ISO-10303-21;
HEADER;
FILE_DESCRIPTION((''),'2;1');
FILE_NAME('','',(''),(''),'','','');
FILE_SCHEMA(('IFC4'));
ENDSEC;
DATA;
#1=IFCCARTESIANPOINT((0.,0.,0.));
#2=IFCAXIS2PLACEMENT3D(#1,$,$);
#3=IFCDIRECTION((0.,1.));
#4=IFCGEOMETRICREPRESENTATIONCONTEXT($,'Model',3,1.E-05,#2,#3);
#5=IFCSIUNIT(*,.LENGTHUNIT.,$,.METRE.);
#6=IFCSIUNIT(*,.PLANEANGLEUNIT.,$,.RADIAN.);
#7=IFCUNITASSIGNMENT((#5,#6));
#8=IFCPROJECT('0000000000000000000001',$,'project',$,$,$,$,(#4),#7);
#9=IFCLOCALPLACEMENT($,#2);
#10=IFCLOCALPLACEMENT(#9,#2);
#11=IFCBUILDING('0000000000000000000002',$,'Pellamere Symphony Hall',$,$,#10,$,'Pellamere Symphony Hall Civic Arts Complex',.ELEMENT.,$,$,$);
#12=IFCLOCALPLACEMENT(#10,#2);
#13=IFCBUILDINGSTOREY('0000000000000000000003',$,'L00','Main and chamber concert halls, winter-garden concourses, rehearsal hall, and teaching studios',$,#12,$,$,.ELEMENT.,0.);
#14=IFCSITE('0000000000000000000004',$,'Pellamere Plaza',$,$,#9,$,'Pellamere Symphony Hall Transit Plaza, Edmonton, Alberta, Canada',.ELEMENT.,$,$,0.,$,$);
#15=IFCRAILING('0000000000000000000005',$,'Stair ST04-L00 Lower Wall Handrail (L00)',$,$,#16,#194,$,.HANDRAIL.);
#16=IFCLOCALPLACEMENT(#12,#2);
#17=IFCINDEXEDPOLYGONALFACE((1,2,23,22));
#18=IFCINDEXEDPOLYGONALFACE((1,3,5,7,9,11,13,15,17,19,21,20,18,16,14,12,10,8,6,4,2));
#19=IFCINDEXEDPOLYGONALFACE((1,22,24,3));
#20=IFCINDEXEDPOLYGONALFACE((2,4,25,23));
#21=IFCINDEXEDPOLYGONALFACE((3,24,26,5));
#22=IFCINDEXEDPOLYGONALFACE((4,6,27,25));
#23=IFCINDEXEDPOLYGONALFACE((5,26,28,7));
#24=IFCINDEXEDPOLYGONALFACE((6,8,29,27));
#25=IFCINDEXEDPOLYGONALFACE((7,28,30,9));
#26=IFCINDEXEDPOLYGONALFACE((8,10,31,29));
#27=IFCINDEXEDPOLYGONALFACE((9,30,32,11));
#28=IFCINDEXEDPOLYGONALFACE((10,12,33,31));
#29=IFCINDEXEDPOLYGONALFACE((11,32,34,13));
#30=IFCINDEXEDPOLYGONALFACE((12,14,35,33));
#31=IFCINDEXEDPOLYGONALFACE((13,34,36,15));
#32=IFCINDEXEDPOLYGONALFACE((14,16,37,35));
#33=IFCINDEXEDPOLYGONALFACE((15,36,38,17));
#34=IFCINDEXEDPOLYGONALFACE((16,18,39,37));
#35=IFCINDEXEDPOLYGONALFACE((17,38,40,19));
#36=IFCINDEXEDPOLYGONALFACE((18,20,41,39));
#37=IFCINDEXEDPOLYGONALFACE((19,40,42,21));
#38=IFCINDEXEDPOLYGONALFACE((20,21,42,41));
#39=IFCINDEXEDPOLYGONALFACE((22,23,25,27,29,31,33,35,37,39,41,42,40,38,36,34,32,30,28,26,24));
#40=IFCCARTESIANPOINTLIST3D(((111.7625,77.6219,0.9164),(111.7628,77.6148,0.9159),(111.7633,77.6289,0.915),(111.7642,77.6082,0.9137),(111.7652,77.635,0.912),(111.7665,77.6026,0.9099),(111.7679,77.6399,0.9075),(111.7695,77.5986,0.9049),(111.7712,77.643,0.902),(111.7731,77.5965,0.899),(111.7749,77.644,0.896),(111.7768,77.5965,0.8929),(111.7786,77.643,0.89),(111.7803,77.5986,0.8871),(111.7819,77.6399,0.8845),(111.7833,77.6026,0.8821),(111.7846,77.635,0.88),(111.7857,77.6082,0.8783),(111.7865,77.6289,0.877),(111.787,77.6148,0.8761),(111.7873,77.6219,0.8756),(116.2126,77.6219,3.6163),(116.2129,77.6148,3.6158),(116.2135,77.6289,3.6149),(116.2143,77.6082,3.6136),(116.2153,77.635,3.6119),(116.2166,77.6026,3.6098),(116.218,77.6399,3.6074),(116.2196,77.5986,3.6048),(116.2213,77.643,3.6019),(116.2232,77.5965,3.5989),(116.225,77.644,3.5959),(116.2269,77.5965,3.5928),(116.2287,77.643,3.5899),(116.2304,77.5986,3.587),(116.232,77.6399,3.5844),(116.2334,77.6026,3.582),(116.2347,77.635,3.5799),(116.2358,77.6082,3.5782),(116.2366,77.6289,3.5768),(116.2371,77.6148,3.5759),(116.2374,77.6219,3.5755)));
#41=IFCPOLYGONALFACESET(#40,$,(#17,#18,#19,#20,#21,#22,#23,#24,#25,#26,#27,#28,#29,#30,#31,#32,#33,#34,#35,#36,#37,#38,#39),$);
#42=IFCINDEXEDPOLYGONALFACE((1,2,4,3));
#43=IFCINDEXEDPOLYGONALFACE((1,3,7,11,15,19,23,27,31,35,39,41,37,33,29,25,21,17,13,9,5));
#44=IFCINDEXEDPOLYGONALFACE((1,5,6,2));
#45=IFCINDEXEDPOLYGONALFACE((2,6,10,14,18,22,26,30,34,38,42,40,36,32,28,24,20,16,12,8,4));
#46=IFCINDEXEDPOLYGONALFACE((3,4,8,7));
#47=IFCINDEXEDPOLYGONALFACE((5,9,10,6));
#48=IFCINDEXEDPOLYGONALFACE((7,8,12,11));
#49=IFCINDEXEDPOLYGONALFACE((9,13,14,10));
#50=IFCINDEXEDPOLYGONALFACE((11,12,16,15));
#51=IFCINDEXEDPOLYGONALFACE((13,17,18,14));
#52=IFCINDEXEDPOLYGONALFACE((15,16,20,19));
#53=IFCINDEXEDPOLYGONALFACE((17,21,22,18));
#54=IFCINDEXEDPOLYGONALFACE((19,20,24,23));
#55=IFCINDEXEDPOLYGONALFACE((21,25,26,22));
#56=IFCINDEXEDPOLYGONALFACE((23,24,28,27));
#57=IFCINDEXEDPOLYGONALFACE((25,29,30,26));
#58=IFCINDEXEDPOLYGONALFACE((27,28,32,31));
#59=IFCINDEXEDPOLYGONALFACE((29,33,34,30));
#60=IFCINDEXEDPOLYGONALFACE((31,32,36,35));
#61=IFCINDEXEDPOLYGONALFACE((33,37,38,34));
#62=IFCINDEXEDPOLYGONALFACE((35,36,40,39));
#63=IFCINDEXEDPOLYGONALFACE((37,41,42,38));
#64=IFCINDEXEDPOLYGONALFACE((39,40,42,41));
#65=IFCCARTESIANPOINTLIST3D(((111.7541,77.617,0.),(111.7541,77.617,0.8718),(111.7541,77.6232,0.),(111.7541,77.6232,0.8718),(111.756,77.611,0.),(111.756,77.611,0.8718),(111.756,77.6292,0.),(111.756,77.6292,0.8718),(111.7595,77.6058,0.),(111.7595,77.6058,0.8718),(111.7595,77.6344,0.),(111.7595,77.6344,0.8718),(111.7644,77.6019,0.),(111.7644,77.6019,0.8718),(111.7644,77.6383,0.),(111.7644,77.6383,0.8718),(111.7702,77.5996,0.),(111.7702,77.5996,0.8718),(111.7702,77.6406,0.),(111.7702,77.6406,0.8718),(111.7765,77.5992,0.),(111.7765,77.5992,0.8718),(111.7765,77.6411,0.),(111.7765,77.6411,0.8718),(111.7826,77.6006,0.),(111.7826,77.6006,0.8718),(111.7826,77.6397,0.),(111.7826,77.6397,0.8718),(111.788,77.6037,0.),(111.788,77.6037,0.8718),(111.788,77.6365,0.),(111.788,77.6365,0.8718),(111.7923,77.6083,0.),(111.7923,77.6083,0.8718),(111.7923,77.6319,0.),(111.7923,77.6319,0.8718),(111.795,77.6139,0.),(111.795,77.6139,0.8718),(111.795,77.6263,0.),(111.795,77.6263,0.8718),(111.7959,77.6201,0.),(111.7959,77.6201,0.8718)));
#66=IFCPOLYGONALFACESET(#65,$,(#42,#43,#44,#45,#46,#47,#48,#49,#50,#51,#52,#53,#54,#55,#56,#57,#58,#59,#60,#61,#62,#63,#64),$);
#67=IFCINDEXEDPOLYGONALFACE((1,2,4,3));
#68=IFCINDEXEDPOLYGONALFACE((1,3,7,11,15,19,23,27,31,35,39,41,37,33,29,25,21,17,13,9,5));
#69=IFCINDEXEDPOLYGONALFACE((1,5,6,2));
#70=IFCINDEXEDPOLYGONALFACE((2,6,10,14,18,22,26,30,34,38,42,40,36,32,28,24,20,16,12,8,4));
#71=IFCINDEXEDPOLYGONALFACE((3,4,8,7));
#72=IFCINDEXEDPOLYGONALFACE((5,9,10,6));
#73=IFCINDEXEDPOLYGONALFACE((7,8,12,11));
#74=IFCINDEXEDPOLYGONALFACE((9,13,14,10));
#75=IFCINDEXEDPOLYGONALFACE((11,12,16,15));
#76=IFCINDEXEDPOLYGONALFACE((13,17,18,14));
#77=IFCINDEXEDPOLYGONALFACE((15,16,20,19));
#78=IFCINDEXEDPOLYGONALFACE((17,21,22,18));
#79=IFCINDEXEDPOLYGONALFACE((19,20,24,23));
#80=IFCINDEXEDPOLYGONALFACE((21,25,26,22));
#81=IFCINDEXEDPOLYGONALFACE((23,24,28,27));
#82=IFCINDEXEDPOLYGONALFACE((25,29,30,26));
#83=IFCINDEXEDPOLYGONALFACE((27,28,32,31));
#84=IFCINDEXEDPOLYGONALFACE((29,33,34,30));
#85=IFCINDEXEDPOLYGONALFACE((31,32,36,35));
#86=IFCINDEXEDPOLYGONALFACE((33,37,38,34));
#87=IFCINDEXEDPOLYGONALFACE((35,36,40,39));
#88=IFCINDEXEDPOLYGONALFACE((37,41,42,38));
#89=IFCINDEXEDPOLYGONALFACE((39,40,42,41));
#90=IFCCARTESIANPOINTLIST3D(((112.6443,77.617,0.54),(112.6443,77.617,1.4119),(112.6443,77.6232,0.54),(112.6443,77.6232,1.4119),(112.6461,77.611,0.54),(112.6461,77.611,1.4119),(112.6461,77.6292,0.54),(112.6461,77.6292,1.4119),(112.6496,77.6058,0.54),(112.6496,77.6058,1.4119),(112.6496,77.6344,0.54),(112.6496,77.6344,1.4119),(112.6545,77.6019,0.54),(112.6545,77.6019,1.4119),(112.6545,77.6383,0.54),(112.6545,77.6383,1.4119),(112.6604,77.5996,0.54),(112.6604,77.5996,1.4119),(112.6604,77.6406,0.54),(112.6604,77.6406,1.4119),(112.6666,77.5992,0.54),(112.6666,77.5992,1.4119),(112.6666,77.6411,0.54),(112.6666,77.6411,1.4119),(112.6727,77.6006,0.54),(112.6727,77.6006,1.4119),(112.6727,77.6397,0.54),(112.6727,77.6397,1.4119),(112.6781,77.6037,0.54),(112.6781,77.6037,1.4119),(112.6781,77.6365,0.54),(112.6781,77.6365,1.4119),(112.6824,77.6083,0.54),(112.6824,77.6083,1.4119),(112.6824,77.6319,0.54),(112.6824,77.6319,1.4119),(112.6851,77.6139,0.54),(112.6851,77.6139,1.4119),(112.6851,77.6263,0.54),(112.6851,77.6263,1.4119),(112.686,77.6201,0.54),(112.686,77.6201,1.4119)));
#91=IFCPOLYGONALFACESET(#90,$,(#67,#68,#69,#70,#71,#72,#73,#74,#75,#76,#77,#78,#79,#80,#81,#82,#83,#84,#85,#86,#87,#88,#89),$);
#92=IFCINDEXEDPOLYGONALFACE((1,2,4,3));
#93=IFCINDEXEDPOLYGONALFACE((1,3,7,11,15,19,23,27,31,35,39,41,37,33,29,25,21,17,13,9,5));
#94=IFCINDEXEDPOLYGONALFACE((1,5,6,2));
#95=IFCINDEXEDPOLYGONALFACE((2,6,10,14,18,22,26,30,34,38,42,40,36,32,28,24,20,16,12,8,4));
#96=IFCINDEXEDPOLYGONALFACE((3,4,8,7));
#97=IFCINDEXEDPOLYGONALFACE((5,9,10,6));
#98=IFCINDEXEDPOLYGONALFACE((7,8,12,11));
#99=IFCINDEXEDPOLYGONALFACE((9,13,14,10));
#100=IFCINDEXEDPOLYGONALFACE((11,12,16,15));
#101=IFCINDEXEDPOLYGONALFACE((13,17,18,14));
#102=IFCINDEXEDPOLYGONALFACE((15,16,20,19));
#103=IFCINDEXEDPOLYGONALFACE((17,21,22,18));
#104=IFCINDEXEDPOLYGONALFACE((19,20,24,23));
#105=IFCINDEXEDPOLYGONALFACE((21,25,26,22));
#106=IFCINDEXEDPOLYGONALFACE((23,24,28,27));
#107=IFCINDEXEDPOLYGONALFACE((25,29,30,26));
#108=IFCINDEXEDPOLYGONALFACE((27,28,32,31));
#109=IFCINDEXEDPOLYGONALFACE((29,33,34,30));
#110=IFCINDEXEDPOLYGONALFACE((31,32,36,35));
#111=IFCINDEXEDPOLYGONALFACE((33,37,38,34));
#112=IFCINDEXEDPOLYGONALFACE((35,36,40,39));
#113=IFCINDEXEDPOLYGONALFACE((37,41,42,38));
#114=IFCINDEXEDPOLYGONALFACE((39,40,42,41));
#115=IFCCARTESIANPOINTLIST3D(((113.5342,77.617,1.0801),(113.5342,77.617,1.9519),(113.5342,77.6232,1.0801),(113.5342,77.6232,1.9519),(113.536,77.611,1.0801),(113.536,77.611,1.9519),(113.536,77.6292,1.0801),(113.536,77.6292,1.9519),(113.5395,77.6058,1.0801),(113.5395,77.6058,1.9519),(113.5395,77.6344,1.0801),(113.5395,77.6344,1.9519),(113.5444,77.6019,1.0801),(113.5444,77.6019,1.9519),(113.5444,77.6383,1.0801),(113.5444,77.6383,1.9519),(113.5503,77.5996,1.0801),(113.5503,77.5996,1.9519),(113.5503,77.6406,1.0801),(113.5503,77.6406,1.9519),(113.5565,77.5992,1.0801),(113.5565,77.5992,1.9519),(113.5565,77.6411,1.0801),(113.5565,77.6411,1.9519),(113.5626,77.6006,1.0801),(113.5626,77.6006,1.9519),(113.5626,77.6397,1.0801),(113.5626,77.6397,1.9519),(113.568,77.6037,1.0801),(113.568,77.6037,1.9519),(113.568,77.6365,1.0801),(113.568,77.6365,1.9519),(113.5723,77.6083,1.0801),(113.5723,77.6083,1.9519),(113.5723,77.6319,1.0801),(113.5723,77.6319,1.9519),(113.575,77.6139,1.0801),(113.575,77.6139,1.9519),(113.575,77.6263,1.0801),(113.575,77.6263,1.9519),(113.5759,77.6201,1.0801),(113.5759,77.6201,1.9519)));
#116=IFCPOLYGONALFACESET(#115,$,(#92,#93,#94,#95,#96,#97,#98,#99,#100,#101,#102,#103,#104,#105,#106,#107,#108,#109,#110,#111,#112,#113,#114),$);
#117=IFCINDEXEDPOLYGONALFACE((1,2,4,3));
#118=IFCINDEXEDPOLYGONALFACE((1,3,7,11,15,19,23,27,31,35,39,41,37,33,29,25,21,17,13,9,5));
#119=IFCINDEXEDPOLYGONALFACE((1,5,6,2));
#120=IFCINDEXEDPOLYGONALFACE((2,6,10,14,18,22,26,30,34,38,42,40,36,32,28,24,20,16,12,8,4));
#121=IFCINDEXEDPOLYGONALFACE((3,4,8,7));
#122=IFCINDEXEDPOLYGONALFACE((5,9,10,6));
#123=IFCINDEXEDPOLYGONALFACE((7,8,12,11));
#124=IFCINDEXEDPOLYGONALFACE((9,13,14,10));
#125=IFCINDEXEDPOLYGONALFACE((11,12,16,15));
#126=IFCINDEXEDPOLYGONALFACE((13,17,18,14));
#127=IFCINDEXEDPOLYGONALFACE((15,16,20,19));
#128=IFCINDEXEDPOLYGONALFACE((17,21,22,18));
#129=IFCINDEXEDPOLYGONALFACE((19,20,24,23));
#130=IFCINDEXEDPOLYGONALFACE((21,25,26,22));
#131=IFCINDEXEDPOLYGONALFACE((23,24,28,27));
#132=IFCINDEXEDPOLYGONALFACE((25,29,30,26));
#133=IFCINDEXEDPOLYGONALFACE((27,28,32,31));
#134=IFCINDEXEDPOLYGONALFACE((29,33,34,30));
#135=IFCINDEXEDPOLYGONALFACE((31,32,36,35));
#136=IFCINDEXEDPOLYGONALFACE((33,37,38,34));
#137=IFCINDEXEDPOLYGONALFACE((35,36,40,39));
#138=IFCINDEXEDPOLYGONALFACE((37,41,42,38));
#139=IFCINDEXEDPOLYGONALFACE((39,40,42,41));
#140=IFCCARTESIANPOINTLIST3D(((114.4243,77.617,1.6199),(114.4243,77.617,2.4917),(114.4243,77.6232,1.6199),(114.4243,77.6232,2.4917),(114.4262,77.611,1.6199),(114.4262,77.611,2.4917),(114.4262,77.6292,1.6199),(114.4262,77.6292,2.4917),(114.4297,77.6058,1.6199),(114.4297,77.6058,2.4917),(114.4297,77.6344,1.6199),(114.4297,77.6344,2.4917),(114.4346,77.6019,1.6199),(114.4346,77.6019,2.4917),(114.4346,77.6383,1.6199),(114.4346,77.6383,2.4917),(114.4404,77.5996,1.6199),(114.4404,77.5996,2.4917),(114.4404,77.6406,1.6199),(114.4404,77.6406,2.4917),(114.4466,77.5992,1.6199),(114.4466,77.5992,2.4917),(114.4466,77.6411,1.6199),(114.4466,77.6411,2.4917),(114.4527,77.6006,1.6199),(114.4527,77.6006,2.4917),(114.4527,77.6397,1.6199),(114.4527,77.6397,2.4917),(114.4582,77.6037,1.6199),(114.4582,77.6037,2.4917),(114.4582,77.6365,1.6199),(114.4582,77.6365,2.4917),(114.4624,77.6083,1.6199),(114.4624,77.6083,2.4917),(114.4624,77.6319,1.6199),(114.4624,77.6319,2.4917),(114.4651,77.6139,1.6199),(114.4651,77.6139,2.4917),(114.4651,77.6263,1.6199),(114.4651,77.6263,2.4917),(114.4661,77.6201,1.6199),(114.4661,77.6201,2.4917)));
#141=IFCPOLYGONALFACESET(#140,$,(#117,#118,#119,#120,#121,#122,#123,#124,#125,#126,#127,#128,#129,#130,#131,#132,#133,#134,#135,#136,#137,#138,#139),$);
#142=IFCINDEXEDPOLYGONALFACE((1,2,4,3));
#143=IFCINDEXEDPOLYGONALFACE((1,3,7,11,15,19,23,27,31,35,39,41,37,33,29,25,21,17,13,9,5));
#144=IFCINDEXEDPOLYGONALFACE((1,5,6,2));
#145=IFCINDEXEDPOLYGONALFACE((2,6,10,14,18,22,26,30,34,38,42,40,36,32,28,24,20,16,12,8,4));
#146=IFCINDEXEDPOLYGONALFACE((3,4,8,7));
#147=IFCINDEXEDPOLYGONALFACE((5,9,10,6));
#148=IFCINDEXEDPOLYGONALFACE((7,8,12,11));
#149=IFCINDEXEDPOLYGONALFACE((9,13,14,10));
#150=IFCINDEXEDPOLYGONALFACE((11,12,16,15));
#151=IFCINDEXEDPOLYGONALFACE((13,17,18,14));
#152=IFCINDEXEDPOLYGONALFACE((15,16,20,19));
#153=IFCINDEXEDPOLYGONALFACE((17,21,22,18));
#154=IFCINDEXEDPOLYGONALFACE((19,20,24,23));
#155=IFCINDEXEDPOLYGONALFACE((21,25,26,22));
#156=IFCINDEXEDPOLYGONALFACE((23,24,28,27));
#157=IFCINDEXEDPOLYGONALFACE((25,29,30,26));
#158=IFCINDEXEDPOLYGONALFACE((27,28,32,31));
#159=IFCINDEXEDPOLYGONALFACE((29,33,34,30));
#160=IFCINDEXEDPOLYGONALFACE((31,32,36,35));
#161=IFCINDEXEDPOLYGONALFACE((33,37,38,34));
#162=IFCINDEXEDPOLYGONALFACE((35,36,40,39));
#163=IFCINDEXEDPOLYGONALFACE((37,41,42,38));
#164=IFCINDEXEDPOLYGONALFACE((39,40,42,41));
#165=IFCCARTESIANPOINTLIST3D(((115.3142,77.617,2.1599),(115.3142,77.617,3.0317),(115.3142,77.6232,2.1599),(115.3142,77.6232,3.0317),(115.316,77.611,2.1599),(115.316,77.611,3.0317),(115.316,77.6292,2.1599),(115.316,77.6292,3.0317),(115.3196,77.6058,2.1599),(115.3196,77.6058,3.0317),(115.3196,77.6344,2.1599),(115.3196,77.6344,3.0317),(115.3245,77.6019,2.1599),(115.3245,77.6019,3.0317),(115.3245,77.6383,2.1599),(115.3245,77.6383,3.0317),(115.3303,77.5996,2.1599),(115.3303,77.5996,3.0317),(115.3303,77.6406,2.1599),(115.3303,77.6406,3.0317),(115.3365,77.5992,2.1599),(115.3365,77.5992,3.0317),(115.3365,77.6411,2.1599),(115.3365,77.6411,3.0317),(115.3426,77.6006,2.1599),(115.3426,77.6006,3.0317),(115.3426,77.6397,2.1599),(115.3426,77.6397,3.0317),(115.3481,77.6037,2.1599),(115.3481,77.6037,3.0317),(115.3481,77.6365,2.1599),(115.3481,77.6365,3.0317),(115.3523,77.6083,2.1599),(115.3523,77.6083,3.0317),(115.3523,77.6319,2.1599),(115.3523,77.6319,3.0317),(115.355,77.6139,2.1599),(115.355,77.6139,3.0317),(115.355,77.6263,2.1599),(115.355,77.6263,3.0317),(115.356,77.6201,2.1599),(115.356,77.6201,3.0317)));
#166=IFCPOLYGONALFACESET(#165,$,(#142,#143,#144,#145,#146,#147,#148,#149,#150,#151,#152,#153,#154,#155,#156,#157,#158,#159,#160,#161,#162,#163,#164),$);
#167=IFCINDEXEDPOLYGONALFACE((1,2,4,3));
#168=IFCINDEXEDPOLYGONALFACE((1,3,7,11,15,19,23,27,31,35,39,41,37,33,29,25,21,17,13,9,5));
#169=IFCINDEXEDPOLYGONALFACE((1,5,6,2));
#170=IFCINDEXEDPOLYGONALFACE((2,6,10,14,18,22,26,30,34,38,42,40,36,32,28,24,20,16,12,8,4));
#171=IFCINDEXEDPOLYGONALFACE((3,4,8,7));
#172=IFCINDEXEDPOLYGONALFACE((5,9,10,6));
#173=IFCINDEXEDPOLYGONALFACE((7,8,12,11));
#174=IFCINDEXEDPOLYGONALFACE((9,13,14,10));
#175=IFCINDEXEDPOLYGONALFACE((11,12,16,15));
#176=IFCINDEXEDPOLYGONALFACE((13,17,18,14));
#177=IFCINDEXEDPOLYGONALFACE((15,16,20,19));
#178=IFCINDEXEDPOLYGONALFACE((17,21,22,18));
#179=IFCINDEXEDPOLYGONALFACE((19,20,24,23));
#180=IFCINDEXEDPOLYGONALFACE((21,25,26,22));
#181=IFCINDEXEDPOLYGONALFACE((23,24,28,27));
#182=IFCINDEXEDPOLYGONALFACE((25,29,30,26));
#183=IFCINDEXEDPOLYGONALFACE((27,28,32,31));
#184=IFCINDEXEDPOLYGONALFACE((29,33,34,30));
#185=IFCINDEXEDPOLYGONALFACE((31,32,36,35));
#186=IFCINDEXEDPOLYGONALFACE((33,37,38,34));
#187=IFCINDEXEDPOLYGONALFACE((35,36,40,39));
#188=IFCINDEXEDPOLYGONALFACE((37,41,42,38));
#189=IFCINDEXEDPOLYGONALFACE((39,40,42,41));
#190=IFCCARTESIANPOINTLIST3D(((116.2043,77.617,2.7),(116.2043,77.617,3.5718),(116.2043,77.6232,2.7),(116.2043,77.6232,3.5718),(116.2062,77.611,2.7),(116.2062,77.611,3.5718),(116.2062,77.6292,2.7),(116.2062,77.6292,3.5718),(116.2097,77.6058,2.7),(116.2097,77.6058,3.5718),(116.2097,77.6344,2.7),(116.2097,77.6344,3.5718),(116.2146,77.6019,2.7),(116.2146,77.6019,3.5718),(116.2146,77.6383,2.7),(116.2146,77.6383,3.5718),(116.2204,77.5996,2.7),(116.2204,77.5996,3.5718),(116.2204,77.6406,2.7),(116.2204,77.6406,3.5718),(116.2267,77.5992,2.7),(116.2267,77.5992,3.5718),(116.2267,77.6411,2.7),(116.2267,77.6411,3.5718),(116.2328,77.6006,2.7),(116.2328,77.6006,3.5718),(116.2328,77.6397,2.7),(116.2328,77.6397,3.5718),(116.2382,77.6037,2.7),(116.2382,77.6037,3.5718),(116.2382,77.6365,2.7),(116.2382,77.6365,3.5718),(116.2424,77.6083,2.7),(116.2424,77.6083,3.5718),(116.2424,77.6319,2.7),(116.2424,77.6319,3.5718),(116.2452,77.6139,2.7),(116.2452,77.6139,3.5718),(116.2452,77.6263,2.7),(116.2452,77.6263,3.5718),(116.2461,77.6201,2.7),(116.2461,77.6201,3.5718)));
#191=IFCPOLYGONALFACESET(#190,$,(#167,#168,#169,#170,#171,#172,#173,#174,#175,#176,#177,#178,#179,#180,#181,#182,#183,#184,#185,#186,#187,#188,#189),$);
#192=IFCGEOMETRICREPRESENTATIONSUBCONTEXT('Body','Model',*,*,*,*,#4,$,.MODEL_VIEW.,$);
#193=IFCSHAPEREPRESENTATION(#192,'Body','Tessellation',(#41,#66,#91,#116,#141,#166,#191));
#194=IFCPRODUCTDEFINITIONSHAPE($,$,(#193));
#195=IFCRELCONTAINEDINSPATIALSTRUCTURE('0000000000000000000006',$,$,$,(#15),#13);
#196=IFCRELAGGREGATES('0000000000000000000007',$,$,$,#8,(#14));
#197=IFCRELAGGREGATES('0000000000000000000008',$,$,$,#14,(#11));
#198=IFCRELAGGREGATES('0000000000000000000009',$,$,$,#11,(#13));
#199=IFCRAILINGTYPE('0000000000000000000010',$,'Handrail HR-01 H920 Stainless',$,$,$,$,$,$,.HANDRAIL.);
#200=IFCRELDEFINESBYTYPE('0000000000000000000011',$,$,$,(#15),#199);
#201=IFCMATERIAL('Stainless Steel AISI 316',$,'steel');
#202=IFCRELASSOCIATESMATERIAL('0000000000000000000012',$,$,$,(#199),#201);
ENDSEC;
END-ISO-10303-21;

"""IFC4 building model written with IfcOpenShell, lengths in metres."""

from ifc_helpers import new_model, si_unit, direction, frame, origin, origin_2d, place, context, subcontext, project, spatial, circle, extrude, material, type_object, element, save


model = new_model("IFC4")

# Units and contexts
model_context = context("Model", 3, precision=1e-05, world=origin(), true_north=direction((0.0, 1.0)))
body_context = subcontext(model_context, "Body", "Model", "MODEL_VIEW")
ifc_project = project(units=[si_unit("LENGTHUNIT", "METRE"), si_unit("PLANEANGLEUNIT", "RADIAN")], contexts=[model_context])

# Site, building, storey
site_placement = place(None, origin())
site = spatial("IfcSite", under=ifc_project, at=site_placement, Name="Pellamere Plaza", LongName="Pellamere Symphony Hall Transit Plaza, Edmonton, Alberta, Canada", CompositionType="ELEMENT", RefElevation=0.0)
building_placement = place(site_placement, origin())
building = spatial("IfcBuilding", under=site, at=building_placement, Name="Pellamere Symphony Hall", LongName="Pellamere Symphony Hall Civic Arts Complex", CompositionType="ELEMENT")
storey_placement = place(building_placement, origin())
storey = spatial("IfcBuildingStorey", under=building, at=storey_placement, Name="L00", Description="Main and chamber concert halls, winter-garden concourses, rehearsal hall, and teaching studios", CompositionType="ELEMENT", Elevation=0.0)

# Railing
ifc_material_1 = material(Name="Stainless Steel AISI 316", Category="steel")
railing_type_1 = type_object("IfcRailingType", Name="Handrail HR-01 H920 Stainless", PredefinedType="HANDRAIL", material=ifc_material_1)
railing_1_placement = place(storey_placement, frame((111.7749, 77.6201, 0.0)))
element("IfcRailing", 1, at=railing_1_placement, inside=storey, type_object=railing_type_1, Name="Stair ST04-L00 Lower Wall Handrail (L00)", PredefinedType="HANDRAIL", context=body_context, shape_type="SweptSolid", body=[
    extrude(circle(Radius=0.0239, at=origin_2d()), frame((0.0, 0.0, 0.896), z_axis=(0.854954, 0.0, 0.518704), x_axis=(0.0, 1.0, 0.0)), (0.0, 0.0, 1.0), 5.2051),
    extrude(circle(Radius=0.021, at=origin_2d()), origin(), (0.0, 0.0, 1.0), 0.8718),
    extrude(circle(Radius=0.021, at=origin_2d()), frame((0.8901, 0.0, 0.54)), (0.0, 0.0, 1.0), 0.8718),
    extrude(circle(Radius=0.021, at=origin_2d()), frame((1.78, 0.0, 1.0801)), (0.0, 0.0, 1.0), 0.8718),
    extrude(circle(Radius=0.021, at=origin_2d()), frame((2.6702, 0.0, 1.6199)), (0.0, 0.0, 1.0), 0.8718),
    extrude(circle(Radius=0.021, at=origin_2d()), frame((3.5601, 0.0, 2.1599)), (0.0, 0.0, 1.0), 0.8718),
    extrude(circle(Radius=0.021, at=origin_2d()), frame((4.4502, 0.0, 2.7)), (0.0, 0.0, 1.0), 0.8718),
])

save(model, "model.ifc")
